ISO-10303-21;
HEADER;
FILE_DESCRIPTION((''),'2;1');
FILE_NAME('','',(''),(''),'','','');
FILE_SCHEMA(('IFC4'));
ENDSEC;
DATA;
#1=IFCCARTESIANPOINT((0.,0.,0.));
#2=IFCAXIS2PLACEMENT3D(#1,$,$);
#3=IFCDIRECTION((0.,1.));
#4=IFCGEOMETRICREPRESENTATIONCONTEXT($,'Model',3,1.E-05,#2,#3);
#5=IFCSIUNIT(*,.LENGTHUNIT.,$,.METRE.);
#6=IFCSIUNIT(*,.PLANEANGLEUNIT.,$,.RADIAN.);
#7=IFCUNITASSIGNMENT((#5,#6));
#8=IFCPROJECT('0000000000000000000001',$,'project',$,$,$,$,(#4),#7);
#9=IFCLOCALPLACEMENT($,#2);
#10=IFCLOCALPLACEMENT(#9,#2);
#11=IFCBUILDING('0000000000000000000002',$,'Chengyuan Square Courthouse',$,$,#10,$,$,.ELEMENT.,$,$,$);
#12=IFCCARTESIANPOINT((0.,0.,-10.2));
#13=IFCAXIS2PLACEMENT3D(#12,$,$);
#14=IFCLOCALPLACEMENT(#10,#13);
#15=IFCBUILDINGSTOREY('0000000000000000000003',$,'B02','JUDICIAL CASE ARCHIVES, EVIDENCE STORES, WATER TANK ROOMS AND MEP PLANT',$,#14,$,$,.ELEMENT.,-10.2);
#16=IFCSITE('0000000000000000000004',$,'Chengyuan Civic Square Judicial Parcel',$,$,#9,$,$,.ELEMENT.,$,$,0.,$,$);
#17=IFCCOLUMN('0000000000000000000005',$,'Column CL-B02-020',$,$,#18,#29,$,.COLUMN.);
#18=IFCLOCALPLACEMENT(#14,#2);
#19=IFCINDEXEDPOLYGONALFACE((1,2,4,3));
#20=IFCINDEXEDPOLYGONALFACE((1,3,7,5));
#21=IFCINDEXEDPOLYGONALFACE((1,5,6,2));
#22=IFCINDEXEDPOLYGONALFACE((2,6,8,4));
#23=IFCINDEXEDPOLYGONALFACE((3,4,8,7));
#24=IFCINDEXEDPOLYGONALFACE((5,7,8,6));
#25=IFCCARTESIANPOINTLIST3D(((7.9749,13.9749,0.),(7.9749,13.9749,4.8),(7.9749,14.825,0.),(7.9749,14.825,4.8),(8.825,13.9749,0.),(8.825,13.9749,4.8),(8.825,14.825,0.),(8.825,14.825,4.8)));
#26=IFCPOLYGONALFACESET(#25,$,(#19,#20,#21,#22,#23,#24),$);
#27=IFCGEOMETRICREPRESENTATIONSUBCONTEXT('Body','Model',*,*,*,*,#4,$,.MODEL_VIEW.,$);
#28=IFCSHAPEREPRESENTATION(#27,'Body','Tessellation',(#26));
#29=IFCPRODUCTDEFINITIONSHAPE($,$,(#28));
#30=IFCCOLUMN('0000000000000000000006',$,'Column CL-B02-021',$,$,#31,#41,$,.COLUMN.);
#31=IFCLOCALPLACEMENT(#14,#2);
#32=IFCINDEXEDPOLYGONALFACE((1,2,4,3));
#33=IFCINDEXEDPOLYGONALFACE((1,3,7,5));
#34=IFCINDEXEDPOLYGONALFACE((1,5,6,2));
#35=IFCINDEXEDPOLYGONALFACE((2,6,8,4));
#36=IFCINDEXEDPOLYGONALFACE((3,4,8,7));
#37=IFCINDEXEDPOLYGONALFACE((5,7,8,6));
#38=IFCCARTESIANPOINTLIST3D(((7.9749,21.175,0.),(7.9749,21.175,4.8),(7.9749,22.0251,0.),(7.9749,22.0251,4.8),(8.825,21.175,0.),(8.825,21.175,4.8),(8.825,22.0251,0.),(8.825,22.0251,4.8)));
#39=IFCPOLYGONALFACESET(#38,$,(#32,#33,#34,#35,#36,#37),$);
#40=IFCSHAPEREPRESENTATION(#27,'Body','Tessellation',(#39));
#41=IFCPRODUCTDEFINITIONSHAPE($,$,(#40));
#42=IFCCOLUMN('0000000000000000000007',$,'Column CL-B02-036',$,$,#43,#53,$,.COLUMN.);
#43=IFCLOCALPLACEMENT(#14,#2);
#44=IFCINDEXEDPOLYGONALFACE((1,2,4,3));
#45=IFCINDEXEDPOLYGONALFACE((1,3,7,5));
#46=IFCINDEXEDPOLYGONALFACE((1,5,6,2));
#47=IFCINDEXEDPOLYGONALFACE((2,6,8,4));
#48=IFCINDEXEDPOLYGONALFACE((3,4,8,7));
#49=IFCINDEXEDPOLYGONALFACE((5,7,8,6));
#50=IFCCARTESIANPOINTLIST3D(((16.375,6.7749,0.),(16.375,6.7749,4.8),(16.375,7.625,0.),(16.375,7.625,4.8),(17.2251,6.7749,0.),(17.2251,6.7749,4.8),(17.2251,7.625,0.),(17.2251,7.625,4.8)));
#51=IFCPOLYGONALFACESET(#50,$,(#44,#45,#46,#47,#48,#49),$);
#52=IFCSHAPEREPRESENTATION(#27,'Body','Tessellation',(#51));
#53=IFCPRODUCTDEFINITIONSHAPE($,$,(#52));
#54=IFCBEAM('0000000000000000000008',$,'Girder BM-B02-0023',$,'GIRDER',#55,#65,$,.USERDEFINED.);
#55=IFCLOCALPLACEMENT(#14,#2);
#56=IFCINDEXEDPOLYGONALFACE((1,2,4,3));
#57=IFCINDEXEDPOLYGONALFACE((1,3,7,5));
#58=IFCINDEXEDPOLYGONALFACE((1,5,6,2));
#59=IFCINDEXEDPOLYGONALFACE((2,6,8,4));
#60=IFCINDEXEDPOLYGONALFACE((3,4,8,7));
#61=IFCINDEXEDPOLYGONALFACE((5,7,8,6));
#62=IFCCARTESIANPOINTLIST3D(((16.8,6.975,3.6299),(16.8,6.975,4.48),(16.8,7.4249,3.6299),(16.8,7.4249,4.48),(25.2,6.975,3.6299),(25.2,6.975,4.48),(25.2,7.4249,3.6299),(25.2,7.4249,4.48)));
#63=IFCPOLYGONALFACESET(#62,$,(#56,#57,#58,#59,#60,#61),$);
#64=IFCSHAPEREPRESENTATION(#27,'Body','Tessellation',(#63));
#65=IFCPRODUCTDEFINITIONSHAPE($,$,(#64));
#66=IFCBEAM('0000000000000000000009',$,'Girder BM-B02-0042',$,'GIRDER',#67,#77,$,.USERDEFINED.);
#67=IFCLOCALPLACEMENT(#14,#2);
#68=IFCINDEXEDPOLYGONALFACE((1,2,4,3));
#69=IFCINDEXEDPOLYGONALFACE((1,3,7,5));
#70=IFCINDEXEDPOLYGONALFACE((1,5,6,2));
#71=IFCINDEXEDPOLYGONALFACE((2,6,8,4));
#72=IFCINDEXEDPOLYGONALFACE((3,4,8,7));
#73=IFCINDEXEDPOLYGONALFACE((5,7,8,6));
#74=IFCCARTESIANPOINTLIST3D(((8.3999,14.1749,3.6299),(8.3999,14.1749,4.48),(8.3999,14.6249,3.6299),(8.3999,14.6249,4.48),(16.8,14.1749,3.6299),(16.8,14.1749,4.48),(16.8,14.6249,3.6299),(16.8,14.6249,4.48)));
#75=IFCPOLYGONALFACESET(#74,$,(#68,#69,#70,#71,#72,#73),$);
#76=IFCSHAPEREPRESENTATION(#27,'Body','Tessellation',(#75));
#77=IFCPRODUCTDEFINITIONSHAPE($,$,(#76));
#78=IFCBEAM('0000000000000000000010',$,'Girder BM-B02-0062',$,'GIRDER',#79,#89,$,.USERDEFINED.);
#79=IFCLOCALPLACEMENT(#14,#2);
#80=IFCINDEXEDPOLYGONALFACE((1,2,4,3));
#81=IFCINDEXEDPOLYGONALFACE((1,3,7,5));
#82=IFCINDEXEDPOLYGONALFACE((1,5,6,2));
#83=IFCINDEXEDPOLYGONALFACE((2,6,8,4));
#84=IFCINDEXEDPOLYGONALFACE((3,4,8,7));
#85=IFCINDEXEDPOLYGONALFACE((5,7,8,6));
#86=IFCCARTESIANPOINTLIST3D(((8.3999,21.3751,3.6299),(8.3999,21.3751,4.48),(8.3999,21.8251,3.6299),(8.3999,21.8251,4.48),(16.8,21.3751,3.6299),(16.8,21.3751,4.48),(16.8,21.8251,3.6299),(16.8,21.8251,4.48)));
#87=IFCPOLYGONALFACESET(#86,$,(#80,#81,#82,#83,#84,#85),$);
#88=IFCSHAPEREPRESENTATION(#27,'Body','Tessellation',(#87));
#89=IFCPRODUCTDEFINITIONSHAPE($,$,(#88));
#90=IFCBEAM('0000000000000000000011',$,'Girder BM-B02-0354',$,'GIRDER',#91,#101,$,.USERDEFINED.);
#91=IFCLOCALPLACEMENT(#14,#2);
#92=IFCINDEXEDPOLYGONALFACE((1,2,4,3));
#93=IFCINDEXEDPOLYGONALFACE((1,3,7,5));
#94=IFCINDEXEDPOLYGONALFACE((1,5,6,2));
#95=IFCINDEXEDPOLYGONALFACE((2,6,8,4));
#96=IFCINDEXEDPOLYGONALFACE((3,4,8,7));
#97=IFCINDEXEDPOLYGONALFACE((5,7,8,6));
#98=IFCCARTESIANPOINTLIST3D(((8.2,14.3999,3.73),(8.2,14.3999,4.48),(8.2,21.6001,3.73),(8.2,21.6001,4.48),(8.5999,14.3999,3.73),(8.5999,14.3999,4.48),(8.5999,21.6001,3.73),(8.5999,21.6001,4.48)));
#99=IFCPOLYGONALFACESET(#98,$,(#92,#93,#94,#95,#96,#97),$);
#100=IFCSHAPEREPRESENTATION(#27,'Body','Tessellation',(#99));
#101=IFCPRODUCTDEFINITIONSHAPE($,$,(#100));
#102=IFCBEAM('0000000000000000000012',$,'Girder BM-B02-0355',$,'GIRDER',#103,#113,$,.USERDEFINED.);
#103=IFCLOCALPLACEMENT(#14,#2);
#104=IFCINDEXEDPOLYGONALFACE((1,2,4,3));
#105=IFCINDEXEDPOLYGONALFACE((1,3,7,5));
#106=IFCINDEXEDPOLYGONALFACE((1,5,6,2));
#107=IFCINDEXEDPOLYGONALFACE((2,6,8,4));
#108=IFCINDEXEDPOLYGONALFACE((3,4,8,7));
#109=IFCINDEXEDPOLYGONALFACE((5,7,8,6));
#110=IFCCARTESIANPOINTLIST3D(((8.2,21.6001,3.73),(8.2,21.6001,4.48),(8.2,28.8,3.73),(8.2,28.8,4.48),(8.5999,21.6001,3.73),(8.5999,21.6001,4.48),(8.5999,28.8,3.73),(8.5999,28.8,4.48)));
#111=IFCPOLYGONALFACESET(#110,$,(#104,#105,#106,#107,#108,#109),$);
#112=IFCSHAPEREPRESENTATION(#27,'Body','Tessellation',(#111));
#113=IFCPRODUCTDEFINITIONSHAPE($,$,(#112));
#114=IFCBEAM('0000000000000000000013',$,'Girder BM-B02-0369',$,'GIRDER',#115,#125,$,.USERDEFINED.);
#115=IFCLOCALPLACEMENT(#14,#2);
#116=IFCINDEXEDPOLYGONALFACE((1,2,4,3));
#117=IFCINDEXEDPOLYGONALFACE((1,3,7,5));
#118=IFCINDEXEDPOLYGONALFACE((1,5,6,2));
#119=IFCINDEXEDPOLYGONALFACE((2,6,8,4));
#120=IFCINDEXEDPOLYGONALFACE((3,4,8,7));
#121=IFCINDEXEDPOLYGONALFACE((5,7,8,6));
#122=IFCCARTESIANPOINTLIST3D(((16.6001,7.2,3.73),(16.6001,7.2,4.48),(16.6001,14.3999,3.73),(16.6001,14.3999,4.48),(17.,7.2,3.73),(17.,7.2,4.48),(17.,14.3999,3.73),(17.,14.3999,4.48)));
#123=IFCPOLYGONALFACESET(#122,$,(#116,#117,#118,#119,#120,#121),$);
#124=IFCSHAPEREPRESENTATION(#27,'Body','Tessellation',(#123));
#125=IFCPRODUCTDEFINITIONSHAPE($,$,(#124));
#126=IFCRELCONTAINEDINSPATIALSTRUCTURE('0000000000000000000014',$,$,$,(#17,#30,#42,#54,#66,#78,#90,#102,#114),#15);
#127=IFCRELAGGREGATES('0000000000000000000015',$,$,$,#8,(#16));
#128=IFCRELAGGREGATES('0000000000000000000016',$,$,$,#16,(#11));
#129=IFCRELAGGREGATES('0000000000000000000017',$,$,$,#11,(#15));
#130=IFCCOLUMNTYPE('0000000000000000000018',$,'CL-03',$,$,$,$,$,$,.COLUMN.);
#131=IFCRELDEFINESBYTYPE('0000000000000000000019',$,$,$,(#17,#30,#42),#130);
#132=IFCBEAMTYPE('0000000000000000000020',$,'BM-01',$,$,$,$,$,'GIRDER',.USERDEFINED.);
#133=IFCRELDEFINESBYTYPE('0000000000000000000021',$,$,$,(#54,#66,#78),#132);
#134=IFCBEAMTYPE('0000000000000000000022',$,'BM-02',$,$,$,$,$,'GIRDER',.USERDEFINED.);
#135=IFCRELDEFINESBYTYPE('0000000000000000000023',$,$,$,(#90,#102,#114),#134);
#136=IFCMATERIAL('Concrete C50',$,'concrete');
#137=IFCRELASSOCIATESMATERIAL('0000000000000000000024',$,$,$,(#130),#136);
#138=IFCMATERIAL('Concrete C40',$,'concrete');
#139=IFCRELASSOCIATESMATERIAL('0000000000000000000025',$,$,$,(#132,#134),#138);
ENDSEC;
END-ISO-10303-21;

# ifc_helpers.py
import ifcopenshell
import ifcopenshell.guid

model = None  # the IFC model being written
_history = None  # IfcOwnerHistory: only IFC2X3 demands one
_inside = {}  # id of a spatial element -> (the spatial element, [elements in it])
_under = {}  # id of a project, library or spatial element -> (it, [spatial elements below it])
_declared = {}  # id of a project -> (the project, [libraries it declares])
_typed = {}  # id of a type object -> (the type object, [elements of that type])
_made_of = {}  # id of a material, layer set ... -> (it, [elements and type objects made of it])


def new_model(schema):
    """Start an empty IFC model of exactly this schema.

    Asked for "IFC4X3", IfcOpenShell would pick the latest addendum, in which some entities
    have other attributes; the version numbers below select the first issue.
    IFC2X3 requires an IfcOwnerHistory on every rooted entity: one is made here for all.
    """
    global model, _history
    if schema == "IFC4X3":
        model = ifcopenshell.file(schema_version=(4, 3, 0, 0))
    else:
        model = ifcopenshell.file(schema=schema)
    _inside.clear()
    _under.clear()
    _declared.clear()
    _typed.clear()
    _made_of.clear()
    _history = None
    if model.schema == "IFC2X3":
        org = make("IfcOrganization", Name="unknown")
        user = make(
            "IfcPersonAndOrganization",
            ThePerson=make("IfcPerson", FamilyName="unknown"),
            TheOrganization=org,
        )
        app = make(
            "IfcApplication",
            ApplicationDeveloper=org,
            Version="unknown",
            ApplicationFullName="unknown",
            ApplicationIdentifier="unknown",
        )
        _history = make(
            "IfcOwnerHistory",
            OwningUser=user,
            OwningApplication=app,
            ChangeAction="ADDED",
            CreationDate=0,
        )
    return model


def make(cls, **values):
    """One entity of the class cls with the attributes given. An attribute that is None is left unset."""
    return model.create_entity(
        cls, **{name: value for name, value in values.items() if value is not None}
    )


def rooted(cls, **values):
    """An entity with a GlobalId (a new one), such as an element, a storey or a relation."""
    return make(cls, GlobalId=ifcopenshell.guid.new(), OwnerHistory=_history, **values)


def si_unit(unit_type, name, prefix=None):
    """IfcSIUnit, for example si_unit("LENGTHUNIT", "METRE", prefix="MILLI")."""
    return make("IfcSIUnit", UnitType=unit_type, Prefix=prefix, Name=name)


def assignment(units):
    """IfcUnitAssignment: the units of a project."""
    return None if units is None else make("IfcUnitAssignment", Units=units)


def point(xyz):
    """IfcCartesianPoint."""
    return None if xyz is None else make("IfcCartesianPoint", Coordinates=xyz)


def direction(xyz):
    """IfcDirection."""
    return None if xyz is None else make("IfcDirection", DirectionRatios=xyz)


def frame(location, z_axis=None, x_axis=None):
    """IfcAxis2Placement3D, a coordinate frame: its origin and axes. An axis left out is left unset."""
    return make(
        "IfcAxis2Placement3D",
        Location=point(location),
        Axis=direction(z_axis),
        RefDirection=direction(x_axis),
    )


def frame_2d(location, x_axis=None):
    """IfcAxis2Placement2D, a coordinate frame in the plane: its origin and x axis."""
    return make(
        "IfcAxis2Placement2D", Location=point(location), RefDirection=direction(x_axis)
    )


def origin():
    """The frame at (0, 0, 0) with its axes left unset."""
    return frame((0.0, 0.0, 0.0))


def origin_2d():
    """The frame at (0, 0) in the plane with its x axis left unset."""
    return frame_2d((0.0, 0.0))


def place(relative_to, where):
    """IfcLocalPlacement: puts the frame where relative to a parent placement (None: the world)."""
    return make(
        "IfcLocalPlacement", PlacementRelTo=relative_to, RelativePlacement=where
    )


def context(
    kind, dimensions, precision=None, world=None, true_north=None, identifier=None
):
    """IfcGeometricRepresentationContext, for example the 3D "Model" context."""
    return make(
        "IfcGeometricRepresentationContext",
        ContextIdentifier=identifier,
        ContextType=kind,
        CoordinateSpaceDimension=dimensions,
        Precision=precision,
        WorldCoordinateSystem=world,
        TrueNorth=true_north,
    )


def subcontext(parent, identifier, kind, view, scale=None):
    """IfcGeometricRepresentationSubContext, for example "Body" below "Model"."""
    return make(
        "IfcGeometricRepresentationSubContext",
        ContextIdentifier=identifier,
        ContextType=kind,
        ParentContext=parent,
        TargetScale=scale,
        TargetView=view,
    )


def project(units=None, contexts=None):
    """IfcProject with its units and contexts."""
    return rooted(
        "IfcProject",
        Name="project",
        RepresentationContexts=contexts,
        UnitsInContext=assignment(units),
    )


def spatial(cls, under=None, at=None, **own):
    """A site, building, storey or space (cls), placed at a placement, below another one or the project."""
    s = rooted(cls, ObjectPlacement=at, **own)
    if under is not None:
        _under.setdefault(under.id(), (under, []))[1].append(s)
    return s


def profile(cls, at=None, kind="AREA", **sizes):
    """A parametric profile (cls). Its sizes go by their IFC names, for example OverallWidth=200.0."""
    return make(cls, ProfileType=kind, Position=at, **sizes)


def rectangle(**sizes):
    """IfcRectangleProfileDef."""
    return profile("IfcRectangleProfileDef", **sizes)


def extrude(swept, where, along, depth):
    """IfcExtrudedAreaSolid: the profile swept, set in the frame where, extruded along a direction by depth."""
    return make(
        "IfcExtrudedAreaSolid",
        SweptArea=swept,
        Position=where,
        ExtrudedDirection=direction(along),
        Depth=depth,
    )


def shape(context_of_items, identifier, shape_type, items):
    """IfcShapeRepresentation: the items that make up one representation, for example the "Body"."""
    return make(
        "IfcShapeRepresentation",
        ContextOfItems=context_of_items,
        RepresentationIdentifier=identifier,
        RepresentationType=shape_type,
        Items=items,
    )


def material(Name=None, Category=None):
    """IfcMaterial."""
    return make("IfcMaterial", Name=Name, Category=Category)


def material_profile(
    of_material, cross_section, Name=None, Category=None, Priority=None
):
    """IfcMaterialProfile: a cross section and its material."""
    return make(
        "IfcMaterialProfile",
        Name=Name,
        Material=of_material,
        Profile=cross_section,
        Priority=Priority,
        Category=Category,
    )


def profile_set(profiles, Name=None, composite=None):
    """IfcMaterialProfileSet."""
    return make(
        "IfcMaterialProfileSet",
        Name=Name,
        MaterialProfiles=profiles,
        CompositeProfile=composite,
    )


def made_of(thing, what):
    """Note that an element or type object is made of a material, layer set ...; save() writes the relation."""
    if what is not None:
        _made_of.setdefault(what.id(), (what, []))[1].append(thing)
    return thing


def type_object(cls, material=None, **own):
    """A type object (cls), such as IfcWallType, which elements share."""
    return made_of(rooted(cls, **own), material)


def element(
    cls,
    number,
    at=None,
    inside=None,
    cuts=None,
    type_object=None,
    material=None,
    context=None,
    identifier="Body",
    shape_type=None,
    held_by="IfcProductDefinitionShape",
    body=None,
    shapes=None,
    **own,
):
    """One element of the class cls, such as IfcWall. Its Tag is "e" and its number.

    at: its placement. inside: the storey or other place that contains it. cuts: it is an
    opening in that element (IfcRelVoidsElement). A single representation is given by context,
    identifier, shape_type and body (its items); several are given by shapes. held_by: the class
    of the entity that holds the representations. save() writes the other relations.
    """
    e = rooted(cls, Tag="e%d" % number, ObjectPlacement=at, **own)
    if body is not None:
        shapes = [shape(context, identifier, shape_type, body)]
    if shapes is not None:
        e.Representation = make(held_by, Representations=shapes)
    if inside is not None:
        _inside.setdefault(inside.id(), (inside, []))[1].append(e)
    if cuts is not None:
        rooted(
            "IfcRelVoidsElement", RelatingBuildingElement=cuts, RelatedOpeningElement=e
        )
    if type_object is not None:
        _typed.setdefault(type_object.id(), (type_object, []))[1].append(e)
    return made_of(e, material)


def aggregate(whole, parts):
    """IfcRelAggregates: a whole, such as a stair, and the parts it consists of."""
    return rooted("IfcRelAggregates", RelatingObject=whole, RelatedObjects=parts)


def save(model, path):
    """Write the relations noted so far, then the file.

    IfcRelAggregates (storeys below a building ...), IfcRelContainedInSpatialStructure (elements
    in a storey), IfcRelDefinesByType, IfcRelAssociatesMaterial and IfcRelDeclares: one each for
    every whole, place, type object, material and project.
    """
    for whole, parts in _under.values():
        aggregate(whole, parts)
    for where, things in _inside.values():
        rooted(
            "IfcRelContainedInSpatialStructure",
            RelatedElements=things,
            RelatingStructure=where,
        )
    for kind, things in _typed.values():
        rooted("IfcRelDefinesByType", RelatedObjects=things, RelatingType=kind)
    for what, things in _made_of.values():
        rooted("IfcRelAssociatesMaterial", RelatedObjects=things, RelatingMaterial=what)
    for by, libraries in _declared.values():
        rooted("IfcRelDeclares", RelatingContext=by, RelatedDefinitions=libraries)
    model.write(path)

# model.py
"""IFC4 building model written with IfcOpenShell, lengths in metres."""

from ifc_helpers import new_model, si_unit, direction, frame, origin, origin_2d, place, context, subcontext, project, spatial, rectangle, extrude, material, material_profile, profile_set, type_object, element, save


model = new_model("IFC4")

# Units and contexts
model_context = context("Model", 3, precision=1e-05, world=origin(), true_north=direction((0.0, 1.0)))
body_context = subcontext(model_context, "Body", "Model", "MODEL_VIEW")
ifc_project = project(units=[si_unit("LENGTHUNIT", "METRE"), si_unit("PLANEANGLEUNIT", "RADIAN")], contexts=[model_context])

# Site, building, storey
site_placement = place(None, origin())
site = spatial("IfcSite", under=ifc_project, at=site_placement, Name="Chengyuan Civic Square Judicial Parcel", CompositionType="ELEMENT", RefElevation=0.0)
building_placement = place(site_placement, origin())
building = spatial("IfcBuilding", under=site, at=building_placement, Name="Chengyuan Square Courthouse", CompositionType="ELEMENT")
storey_placement = place(building_placement, frame((0.0, 0.0, -10.2)))
storey = spatial("IfcBuildingStorey", under=building, at=storey_placement, Name="B02", Description="JUDICIAL CASE ARCHIVES, EVIDENCE STORES, WATER TANK ROOMS AND MEP PLANT", CompositionType="ELEMENT", Elevation=-10.2)

# Shared definitions
ifc_material_1 = material(Name="Concrete C40", Category="concrete")

# Columns
ifc_material_2 = material(Name="Concrete C50", Category="concrete")
ifc_material_profile_1 = material_profile(ifc_material_2, rectangle(XDim=0.8501, YDim=0.8501, at=origin_2d()), Name="RC-COL-850x850")
ifc_profile_set_1 = profile_set([ifc_material_profile_1], Name="Concrete C50")
column_type = type_object("IfcColumnType", Name="CL-03", PredefinedType="COLUMN", material=ifc_profile_set_1)
for number, where, z_axis, x_axis, name in (
    (1, (8.3999, 14.3999, 0.0), (0.0, 0.0, 1.0), (1.0, 0.0, 0.0), "Column CL-B02-020"),
    (2, (8.3999, 21.6001, 0.0), (0.0, 0.0, 1.0), (1.0, 0.0, 0.0), "Column CL-B02-021"),
    (3, (16.8, 7.2, 0.0), (0.0, 0.0, 1.0), (1.0, 0.0, 0.0), "Column CL-B02-036"),
):
    element("IfcColumn", number, at=place(storey_placement, frame(where, z_axis=z_axis, x_axis=x_axis)), inside=storey, type_object=column_type, Name=name, PredefinedType="COLUMN", context=body_context, shape_type="SweptSolid", body=[
        extrude(rectangle(XDim=0.8501, YDim=0.8501, at=origin_2d()), origin(), (0.0, 0.0, 1.0), 4.8),
    ])

# Beams
ifc_material_profile_2 = material_profile(ifc_material_1, rectangle(XDim=0.45, YDim=0.8501, at=origin_2d()), Name="RC-BM-450x850")
ifc_profile_set_2 = profile_set([ifc_material_profile_2], Name="Concrete C40")
beam_type_1 = type_object("IfcBeamType", Name="BM-01", ElementType="GIRDER", PredefinedType="USERDEFINED", material=ifc_profile_set_2)
beam_1_placement = place(storey_placement, frame((16.8, 7.2, 4.0549), z_axis=(1.0, 0.0, 0.0), x_axis=(0.0, 1.0, 0.0)))
element("IfcBeam", 4, at=beam_1_placement, inside=storey, type_object=beam_type_1, Name="Girder BM-B02-0023", ObjectType="GIRDER", PredefinedType="USERDEFINED", context=body_context, shape_type="SweptSolid", body=[
    extrude(rectangle(XDim=0.45, YDim=0.8501, at=origin_2d()), origin(), (0.0, 0.0, 1.0), 8.3999),
])
for number, where, z_axis, x_axis, name in (
    (5, (8.3999, 14.3999, 4.0549), (1.0, 0.0, 0.0), (0.0, 1.0, 0.0), "Girder BM-B02-0042"),
    (6, (8.3999, 21.6001, 4.0549), (1.0, 0.0, 0.0), (0.0, 1.0, 0.0), "Girder BM-B02-0062"),
):
    element("IfcBeam", number, at=place(storey_placement, frame(where, z_axis=z_axis, x_axis=x_axis)), inside=storey, type_object=beam_type_1, Name=name, ObjectType="GIRDER", PredefinedType="USERDEFINED", context=body_context, shape_type="SweptSolid", body=[
        extrude(rectangle(XDim=0.45, YDim=0.8501, at=origin_2d()), origin(), (0.0, 0.0, 1.0), 8.4001),
    ])
ifc_material_profile_3 = material_profile(ifc_material_1, rectangle(XDim=0.3999, YDim=0.75, at=origin_2d()), Name="RC-BM-400x750")
ifc_profile_set_3 = profile_set([ifc_material_profile_3], Name="Concrete C40")
beam_type_2 = type_object("IfcBeamType", Name="BM-02", ElementType="GIRDER", PredefinedType="USERDEFINED", material=ifc_profile_set_3)
beam_2_placement = place(storey_placement, frame((8.3999, 14.3999, 4.105), z_axis=(0.0, 1.0, 0.0), x_axis=(-1.0, 0.0, 0.0)))
element("IfcBeam", 7, at=beam_2_placement, inside=storey, type_object=beam_type_2, Name="Girder BM-B02-0354", ObjectType="GIRDER", PredefinedType="USERDEFINED", context=body_context, shape_type="SweptSolid", body=[
    extrude(rectangle(XDim=0.3999, YDim=0.75, at=origin_2d()), origin(), (0.0, 0.0, 1.0), 7.2002),
])
for number, where, z_axis, x_axis, name in (
    (8, (8.3999, 21.6001, 4.105), (0.0, 1.0, 0.0), (-1.0, 0.0, 0.0), "Girder BM-B02-0355"),
    (9, (16.8, 7.2, 4.105), (0.0, 1.0, 0.0), (-1.0, 0.0, 0.0), "Girder BM-B02-0369"),
):
    element("IfcBeam", number, at=place(storey_placement, frame(where, z_axis=z_axis, x_axis=x_axis)), inside=storey, type_object=beam_type_2, Name=name, ObjectType="GIRDER", PredefinedType="USERDEFINED", context=body_context, shape_type="SweptSolid", body=[
        extrude(rectangle(XDim=0.3999, YDim=0.75, at=origin_2d()), origin(), (0.0, 0.0, 1.0), 7.2),
    ])

save(model, "model.ifc")
